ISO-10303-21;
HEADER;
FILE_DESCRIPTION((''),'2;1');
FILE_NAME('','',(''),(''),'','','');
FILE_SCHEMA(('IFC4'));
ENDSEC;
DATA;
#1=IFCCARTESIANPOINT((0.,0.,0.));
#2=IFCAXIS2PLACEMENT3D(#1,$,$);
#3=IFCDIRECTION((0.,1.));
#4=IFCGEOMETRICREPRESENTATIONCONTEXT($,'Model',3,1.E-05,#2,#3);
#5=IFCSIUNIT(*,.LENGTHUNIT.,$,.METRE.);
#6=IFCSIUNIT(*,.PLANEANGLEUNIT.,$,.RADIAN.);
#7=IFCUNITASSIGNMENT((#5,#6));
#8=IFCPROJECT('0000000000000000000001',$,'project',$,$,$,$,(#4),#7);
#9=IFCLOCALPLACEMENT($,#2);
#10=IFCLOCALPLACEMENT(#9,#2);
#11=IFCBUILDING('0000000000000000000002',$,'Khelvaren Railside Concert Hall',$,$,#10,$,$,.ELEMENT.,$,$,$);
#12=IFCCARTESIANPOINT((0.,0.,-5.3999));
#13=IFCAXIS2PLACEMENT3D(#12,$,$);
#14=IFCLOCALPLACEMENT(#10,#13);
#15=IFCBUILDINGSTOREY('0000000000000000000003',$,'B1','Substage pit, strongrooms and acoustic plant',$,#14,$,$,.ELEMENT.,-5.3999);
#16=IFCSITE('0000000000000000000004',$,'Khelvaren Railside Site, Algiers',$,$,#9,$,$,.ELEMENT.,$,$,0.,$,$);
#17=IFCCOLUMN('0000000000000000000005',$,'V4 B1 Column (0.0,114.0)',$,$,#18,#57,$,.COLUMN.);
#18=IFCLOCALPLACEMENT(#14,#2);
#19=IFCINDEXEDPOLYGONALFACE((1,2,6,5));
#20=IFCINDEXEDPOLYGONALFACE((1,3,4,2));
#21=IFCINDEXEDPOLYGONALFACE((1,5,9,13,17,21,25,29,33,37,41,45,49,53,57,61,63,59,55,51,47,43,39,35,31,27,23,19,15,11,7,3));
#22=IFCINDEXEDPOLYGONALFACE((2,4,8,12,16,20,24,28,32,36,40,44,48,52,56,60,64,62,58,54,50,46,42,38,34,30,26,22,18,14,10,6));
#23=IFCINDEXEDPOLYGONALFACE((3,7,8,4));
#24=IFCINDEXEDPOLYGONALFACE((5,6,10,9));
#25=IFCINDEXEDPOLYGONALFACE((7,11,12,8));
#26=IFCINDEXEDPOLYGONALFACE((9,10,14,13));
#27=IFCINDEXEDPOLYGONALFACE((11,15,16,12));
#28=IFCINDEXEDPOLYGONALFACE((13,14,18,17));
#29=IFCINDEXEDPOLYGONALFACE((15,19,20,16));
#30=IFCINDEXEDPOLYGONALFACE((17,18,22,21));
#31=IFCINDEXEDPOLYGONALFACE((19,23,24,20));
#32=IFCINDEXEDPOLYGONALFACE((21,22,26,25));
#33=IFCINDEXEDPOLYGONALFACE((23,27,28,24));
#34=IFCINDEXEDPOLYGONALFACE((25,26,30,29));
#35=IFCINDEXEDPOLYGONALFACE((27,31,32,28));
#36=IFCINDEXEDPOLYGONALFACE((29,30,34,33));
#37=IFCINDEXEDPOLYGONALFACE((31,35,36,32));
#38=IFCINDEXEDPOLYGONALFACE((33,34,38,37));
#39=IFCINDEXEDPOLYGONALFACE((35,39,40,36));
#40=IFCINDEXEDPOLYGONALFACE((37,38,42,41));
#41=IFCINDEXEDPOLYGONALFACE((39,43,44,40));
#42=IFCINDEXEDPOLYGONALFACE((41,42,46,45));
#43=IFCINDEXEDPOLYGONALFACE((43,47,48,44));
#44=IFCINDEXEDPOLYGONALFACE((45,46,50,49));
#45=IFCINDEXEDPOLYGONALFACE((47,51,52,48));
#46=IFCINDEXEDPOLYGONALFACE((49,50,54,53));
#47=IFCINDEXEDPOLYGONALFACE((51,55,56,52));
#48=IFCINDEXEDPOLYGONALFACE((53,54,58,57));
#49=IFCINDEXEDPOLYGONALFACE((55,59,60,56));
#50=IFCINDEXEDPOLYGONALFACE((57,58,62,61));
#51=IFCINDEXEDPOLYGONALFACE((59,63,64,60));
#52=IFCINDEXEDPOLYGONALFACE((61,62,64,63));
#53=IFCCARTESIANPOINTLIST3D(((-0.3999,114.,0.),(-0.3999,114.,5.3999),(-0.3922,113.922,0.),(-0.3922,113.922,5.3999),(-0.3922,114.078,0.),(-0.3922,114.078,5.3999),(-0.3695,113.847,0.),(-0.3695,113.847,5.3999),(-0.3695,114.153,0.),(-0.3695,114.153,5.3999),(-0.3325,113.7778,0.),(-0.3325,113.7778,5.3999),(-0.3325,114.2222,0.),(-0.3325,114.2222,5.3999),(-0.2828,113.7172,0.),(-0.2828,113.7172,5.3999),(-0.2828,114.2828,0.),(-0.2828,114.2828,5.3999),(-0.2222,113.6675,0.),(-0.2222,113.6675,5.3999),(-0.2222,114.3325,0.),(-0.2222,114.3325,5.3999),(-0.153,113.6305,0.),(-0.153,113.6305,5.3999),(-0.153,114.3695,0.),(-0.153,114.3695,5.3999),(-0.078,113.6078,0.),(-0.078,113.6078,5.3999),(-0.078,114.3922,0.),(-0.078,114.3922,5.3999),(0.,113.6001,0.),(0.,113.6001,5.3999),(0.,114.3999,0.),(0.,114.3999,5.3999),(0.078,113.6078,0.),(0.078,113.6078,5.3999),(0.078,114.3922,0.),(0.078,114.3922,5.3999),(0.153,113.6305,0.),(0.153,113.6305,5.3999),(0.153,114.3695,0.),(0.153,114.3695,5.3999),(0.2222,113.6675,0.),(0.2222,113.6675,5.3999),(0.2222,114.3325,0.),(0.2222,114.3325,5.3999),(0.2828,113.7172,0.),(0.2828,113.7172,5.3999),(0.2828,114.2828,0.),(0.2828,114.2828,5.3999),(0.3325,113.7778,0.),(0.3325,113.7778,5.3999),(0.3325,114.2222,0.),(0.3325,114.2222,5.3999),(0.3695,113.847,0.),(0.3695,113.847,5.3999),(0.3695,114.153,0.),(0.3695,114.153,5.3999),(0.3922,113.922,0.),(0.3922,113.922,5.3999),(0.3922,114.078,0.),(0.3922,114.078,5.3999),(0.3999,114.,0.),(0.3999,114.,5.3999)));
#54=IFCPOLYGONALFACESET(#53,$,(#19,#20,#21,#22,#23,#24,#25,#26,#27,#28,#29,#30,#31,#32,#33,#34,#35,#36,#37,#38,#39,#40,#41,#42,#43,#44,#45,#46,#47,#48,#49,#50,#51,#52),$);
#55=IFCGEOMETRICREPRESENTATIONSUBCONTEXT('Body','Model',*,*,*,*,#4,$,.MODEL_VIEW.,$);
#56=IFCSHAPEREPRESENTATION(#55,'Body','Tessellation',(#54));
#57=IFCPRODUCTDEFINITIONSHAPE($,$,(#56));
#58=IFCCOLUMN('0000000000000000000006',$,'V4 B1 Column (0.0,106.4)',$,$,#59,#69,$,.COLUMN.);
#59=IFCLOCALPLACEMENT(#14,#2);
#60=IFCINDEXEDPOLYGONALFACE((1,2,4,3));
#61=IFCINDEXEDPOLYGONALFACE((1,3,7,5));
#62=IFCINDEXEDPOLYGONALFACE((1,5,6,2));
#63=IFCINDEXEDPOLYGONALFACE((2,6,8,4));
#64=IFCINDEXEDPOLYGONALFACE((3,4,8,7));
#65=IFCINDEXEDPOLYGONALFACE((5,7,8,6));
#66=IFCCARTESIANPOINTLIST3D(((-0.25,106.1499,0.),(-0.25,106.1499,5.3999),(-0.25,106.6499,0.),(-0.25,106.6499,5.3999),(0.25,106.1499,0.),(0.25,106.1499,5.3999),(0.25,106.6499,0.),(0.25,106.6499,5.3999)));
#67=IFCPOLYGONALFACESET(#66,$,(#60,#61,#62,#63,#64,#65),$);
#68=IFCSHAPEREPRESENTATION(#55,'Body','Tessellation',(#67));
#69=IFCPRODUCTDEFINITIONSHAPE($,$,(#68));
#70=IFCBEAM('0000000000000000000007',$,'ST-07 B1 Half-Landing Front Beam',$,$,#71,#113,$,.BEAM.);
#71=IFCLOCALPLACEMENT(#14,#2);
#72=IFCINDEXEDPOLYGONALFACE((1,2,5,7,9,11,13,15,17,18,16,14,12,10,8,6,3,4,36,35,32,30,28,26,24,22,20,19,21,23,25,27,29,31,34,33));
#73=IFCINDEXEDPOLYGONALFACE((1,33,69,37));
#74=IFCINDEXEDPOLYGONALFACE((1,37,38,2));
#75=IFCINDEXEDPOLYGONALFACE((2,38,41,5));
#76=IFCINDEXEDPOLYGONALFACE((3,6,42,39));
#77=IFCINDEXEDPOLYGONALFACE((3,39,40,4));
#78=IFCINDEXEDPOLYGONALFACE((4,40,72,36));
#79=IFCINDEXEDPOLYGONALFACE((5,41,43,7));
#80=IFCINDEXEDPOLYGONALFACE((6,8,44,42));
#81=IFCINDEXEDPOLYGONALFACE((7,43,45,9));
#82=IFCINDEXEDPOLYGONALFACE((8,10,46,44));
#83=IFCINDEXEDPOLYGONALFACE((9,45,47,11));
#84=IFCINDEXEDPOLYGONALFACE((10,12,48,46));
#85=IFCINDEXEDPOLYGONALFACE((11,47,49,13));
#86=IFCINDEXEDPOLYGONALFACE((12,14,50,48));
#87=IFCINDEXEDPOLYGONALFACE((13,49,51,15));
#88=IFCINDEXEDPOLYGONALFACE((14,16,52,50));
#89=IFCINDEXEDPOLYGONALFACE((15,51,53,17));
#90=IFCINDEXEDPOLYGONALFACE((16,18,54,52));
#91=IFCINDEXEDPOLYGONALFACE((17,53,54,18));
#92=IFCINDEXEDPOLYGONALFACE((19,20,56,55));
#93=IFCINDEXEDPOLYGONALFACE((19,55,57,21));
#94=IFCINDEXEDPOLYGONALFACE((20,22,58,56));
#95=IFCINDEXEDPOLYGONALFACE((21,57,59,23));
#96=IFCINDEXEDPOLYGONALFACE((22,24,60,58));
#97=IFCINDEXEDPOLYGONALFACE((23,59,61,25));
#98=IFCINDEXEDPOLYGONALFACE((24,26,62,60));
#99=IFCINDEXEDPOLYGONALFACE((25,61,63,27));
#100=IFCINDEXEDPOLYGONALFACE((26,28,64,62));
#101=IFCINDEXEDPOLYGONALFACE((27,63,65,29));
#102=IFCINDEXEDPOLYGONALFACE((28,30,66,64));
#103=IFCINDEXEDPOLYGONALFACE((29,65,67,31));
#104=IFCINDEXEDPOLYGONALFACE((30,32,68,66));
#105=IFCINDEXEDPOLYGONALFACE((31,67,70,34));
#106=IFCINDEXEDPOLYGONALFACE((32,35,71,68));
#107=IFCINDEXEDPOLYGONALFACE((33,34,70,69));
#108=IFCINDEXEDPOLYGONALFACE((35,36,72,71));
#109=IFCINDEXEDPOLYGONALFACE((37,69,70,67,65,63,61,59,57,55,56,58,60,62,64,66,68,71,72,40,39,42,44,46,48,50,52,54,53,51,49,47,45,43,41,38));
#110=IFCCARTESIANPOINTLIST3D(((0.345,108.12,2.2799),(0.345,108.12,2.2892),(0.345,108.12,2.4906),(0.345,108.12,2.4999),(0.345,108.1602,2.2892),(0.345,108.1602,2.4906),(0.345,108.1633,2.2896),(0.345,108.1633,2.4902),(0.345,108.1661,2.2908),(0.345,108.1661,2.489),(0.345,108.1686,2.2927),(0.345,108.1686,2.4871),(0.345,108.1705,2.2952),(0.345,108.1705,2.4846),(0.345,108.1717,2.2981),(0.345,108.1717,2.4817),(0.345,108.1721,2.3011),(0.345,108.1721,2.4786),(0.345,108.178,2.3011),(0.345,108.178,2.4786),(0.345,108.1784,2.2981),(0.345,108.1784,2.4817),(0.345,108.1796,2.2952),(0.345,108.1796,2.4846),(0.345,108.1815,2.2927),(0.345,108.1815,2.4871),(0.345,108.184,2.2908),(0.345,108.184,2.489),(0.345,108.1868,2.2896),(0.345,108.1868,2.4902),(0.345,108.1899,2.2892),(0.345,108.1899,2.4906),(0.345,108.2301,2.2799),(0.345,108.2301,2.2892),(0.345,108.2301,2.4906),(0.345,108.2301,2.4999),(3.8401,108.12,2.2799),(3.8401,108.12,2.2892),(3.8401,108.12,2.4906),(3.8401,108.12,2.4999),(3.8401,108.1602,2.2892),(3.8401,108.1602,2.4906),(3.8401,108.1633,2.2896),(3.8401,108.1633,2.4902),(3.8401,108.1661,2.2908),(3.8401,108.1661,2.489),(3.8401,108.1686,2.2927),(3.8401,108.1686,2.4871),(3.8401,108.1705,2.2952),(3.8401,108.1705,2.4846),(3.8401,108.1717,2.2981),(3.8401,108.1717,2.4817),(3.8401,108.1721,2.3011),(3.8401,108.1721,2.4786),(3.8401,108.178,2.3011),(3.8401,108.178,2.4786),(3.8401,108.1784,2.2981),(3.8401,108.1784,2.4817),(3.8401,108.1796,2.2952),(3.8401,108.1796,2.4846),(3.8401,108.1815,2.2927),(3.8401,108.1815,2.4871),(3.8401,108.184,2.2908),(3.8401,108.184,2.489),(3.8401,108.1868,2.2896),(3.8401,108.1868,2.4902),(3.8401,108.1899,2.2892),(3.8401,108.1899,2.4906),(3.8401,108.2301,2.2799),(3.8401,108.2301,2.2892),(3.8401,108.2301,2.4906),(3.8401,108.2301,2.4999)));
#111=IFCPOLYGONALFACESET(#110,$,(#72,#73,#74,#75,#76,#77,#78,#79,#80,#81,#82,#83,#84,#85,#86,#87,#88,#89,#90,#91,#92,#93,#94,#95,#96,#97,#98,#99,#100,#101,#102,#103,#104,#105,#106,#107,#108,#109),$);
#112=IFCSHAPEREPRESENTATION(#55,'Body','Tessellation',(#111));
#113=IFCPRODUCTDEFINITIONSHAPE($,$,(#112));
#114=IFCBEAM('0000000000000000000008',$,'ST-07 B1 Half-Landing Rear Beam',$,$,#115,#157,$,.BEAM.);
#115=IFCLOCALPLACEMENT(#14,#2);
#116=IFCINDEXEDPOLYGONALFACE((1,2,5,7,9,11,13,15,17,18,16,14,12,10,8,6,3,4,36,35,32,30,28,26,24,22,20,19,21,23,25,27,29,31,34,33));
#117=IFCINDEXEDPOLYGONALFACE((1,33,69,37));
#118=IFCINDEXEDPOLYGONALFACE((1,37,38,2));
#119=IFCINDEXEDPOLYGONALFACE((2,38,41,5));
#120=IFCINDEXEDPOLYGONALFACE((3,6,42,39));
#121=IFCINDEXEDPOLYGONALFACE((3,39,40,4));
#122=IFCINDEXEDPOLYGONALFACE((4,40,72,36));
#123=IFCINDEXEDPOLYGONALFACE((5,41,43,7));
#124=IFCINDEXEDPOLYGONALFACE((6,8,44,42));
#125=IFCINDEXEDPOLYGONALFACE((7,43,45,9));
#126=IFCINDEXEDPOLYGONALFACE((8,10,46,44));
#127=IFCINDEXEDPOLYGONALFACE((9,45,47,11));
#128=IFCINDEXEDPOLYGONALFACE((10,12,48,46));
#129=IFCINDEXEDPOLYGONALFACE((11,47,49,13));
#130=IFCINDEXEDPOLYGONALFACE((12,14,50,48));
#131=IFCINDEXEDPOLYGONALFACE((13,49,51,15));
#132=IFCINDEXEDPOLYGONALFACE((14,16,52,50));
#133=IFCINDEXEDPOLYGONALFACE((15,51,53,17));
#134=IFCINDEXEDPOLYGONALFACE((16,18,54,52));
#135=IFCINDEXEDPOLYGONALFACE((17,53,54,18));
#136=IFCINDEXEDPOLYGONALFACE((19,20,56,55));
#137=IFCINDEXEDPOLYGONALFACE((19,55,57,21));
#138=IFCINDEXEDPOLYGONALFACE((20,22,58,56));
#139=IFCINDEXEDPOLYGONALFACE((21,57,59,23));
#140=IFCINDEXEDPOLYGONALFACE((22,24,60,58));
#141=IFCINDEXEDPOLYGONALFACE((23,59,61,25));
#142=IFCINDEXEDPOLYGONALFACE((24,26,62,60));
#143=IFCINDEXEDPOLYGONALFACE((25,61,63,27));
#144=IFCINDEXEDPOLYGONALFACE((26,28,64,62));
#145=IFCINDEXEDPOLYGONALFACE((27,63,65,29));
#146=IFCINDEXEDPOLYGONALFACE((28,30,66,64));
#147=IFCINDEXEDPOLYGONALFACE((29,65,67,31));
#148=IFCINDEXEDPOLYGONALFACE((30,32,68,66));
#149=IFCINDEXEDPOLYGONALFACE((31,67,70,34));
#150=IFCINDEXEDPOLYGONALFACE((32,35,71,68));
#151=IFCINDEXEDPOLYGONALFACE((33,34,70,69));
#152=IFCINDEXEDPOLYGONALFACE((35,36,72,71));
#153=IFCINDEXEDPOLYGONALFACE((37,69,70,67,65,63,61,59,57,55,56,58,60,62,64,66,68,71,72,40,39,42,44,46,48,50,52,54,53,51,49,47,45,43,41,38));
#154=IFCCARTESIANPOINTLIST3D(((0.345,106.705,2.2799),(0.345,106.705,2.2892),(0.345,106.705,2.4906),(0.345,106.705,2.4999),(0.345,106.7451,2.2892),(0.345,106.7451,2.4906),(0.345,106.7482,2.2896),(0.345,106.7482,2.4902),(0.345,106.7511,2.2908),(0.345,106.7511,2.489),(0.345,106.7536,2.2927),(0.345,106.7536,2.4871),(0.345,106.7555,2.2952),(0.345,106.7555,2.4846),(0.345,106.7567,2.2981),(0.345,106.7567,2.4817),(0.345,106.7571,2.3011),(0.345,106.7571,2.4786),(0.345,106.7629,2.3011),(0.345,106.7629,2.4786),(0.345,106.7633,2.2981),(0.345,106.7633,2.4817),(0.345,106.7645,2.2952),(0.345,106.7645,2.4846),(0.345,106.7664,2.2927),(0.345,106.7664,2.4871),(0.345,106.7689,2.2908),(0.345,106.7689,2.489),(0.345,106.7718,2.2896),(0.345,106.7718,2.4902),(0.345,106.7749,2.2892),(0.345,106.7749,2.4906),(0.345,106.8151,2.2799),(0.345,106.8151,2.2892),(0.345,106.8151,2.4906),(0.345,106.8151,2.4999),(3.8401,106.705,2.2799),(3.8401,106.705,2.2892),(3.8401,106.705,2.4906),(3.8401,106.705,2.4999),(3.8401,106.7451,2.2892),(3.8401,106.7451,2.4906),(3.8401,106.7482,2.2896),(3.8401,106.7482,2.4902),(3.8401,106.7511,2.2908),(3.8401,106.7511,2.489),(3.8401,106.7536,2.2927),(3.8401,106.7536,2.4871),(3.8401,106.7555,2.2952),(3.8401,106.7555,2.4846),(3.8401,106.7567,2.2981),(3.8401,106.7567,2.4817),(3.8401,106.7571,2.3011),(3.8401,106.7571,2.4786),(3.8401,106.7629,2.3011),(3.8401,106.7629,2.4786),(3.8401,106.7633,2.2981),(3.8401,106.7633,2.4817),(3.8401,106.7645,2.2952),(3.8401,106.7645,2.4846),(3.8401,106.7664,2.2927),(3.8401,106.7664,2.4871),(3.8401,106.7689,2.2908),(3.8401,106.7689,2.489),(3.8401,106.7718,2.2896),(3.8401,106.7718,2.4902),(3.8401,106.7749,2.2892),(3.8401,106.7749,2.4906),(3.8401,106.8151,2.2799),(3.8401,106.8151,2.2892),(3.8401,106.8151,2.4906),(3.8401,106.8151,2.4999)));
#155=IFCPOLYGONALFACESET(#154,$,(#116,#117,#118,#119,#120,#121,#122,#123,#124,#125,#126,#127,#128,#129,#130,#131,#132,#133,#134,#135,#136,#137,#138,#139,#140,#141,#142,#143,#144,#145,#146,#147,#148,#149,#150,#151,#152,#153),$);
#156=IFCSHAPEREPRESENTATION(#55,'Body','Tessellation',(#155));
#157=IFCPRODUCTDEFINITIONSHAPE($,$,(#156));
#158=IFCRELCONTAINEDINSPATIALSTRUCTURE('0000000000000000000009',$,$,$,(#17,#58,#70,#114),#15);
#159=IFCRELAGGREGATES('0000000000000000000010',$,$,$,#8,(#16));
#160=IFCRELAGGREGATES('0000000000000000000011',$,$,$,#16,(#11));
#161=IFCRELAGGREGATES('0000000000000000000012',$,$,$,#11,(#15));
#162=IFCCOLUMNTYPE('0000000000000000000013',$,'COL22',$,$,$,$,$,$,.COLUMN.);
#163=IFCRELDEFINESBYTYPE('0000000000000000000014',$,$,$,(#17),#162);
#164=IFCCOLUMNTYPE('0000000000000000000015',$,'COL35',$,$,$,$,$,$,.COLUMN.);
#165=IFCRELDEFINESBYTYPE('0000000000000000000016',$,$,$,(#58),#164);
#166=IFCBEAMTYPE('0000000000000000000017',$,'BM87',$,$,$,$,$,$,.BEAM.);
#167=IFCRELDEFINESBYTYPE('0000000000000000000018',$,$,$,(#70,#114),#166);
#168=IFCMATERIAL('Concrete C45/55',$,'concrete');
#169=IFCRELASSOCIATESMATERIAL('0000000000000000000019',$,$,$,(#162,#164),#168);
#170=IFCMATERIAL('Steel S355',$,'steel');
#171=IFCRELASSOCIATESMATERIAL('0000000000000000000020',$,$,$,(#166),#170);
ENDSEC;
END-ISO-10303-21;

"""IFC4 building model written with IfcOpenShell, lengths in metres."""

from ifc_helpers import new_model, si_unit, direction, frame, origin, origin_2d, place, context, subcontext, project, spatial, rectangle, circle, i_section, extrude, material, material_profile, profile_set, type_object, element, save


model = new_model("IFC4")

# Units and contexts
model_context = context("Model", 3, precision=1e-05, world=origin(), true_north=direction((0.0, 1.0)))
body_context = subcontext(model_context, "Body", "Model", "MODEL_VIEW")
ifc_project = project(units=[si_unit("LENGTHUNIT", "METRE"), si_unit("PLANEANGLEUNIT", "RADIAN")], contexts=[model_context])

# Site, building, storey
site_placement = place(None, origin())
site = spatial("IfcSite", under=ifc_project, at=site_placement, Name="Khelvaren Railside Site, Algiers", CompositionType="ELEMENT", RefElevation=0.0)
building_placement = place(site_placement, origin())
building = spatial("IfcBuilding", under=site, at=building_placement, Name="Khelvaren Railside Concert Hall", CompositionType="ELEMENT")
storey_placement = place(building_placement, frame((0.0, 0.0, -5.3999)))
storey = spatial("IfcBuildingStorey", under=building, at=storey_placement, Name="B1", Description="Substage pit, strongrooms and acoustic plant", CompositionType="ELEMENT", Elevation=-5.3999)

# Columns
ifc_material_1 = material(Name="Concrete C45/55", Category="concrete")
ifc_material_profile_1 = material_profile(ifc_material_1, circle(Radius=0.3999, at=origin_2d()), Name="RC D800")
ifc_profile_set_1 = profile_set([ifc_material_profile_1], Name="Concrete C45/55")
column_type_1 = type_object("IfcColumnType", Name="COL22", PredefinedType="COLUMN", material=ifc_profile_set_1)
column_1_placement = place(storey_placement, frame((0.0, 114.0, 0.0), z_axis=(0.0, 0.0, 1.0), x_axis=(1.0, 0.0, 0.0)))
element("IfcColumn", 1, at=column_1_placement, inside=storey, type_object=column_type_1, Name="V4 B1 Column (0.0,114.0)", PredefinedType="COLUMN", context=body_context, shape_type="SweptSolid", body=[
    extrude(circle(Radius=0.3999, at=origin_2d()), origin(), (0.0, 0.0, 1.0), 5.3999),
])
ifc_material_profile_2 = material_profile(ifc_material_1, rectangle(XDim=0.5, YDim=0.5, at=origin_2d()), Name="RC 500x500")
ifc_profile_set_2 = profile_set([ifc_material_profile_2], Name="Concrete C45/55")
column_type_2 = type_object("IfcColumnType", Name="COL35", PredefinedType="COLUMN", material=ifc_profile_set_2)
column_2_placement = place(storey_placement, frame((0.0, 106.3999, 0.0), z_axis=(0.0, 0.0, 1.0), x_axis=(1.0, 0.0, 0.0)))
element("IfcColumn", 2, at=column_2_placement, inside=storey, type_object=column_type_2, Name="V4 B1 Column (0.0,106.4)", PredefinedType="COLUMN", context=body_context, shape_type="SweptSolid", body=[
    extrude(rectangle(XDim=0.5, YDim=0.5, at=origin_2d()), origin(), (0.0, 0.0, 1.0), 5.3999),
])

# Beams
ifc_material_2 = material(Name="Steel S355", Category="steel")
ifc_material_profile_3 = material_profile(ifc_material_2, i_section(OverallWidth=0.1101, OverallDepth=0.22, WebThickness=0.0059, FlangeThickness=0.0093, FilletRadius=0.012, at=origin_2d()), Name="IPE 220")
ifc_profile_set_3 = profile_set([ifc_material_profile_3], Name="Steel S355")
beam_type_1 = type_object("IfcBeamType", Name="BM87", PredefinedType="BEAM", material=ifc_profile_set_3)
for number, where, z_axis, x_axis, name in (
    (3, (0.345, 108.175, 2.3899), (1.0, 0.0, 0.0), (0.0, 1.0, 0.0), "ST-07 B1 Half-Landing Front Beam"),
    (4, (0.345, 106.76, 2.3899), (1.0, 0.0, 0.0), (0.0, 1.0, 0.0), "ST-07 B1 Half-Landing Rear Beam"),
):
    element("IfcBeam", number, at=place(storey_placement, frame(where, z_axis=z_axis, x_axis=x_axis)), inside=storey, type_object=beam_type_1, Name=name, PredefinedType="BEAM", context=body_context, shape_type="SweptSolid", body=[
        extrude(i_section(OverallWidth=0.1101, OverallDepth=0.22, WebThickness=0.0059, FlangeThickness=0.0093, FilletRadius=0.012, at=origin_2d()), origin(), (0.0, 0.0, 1.0), 3.4951),
    ])

save(model, "model.ifc")
